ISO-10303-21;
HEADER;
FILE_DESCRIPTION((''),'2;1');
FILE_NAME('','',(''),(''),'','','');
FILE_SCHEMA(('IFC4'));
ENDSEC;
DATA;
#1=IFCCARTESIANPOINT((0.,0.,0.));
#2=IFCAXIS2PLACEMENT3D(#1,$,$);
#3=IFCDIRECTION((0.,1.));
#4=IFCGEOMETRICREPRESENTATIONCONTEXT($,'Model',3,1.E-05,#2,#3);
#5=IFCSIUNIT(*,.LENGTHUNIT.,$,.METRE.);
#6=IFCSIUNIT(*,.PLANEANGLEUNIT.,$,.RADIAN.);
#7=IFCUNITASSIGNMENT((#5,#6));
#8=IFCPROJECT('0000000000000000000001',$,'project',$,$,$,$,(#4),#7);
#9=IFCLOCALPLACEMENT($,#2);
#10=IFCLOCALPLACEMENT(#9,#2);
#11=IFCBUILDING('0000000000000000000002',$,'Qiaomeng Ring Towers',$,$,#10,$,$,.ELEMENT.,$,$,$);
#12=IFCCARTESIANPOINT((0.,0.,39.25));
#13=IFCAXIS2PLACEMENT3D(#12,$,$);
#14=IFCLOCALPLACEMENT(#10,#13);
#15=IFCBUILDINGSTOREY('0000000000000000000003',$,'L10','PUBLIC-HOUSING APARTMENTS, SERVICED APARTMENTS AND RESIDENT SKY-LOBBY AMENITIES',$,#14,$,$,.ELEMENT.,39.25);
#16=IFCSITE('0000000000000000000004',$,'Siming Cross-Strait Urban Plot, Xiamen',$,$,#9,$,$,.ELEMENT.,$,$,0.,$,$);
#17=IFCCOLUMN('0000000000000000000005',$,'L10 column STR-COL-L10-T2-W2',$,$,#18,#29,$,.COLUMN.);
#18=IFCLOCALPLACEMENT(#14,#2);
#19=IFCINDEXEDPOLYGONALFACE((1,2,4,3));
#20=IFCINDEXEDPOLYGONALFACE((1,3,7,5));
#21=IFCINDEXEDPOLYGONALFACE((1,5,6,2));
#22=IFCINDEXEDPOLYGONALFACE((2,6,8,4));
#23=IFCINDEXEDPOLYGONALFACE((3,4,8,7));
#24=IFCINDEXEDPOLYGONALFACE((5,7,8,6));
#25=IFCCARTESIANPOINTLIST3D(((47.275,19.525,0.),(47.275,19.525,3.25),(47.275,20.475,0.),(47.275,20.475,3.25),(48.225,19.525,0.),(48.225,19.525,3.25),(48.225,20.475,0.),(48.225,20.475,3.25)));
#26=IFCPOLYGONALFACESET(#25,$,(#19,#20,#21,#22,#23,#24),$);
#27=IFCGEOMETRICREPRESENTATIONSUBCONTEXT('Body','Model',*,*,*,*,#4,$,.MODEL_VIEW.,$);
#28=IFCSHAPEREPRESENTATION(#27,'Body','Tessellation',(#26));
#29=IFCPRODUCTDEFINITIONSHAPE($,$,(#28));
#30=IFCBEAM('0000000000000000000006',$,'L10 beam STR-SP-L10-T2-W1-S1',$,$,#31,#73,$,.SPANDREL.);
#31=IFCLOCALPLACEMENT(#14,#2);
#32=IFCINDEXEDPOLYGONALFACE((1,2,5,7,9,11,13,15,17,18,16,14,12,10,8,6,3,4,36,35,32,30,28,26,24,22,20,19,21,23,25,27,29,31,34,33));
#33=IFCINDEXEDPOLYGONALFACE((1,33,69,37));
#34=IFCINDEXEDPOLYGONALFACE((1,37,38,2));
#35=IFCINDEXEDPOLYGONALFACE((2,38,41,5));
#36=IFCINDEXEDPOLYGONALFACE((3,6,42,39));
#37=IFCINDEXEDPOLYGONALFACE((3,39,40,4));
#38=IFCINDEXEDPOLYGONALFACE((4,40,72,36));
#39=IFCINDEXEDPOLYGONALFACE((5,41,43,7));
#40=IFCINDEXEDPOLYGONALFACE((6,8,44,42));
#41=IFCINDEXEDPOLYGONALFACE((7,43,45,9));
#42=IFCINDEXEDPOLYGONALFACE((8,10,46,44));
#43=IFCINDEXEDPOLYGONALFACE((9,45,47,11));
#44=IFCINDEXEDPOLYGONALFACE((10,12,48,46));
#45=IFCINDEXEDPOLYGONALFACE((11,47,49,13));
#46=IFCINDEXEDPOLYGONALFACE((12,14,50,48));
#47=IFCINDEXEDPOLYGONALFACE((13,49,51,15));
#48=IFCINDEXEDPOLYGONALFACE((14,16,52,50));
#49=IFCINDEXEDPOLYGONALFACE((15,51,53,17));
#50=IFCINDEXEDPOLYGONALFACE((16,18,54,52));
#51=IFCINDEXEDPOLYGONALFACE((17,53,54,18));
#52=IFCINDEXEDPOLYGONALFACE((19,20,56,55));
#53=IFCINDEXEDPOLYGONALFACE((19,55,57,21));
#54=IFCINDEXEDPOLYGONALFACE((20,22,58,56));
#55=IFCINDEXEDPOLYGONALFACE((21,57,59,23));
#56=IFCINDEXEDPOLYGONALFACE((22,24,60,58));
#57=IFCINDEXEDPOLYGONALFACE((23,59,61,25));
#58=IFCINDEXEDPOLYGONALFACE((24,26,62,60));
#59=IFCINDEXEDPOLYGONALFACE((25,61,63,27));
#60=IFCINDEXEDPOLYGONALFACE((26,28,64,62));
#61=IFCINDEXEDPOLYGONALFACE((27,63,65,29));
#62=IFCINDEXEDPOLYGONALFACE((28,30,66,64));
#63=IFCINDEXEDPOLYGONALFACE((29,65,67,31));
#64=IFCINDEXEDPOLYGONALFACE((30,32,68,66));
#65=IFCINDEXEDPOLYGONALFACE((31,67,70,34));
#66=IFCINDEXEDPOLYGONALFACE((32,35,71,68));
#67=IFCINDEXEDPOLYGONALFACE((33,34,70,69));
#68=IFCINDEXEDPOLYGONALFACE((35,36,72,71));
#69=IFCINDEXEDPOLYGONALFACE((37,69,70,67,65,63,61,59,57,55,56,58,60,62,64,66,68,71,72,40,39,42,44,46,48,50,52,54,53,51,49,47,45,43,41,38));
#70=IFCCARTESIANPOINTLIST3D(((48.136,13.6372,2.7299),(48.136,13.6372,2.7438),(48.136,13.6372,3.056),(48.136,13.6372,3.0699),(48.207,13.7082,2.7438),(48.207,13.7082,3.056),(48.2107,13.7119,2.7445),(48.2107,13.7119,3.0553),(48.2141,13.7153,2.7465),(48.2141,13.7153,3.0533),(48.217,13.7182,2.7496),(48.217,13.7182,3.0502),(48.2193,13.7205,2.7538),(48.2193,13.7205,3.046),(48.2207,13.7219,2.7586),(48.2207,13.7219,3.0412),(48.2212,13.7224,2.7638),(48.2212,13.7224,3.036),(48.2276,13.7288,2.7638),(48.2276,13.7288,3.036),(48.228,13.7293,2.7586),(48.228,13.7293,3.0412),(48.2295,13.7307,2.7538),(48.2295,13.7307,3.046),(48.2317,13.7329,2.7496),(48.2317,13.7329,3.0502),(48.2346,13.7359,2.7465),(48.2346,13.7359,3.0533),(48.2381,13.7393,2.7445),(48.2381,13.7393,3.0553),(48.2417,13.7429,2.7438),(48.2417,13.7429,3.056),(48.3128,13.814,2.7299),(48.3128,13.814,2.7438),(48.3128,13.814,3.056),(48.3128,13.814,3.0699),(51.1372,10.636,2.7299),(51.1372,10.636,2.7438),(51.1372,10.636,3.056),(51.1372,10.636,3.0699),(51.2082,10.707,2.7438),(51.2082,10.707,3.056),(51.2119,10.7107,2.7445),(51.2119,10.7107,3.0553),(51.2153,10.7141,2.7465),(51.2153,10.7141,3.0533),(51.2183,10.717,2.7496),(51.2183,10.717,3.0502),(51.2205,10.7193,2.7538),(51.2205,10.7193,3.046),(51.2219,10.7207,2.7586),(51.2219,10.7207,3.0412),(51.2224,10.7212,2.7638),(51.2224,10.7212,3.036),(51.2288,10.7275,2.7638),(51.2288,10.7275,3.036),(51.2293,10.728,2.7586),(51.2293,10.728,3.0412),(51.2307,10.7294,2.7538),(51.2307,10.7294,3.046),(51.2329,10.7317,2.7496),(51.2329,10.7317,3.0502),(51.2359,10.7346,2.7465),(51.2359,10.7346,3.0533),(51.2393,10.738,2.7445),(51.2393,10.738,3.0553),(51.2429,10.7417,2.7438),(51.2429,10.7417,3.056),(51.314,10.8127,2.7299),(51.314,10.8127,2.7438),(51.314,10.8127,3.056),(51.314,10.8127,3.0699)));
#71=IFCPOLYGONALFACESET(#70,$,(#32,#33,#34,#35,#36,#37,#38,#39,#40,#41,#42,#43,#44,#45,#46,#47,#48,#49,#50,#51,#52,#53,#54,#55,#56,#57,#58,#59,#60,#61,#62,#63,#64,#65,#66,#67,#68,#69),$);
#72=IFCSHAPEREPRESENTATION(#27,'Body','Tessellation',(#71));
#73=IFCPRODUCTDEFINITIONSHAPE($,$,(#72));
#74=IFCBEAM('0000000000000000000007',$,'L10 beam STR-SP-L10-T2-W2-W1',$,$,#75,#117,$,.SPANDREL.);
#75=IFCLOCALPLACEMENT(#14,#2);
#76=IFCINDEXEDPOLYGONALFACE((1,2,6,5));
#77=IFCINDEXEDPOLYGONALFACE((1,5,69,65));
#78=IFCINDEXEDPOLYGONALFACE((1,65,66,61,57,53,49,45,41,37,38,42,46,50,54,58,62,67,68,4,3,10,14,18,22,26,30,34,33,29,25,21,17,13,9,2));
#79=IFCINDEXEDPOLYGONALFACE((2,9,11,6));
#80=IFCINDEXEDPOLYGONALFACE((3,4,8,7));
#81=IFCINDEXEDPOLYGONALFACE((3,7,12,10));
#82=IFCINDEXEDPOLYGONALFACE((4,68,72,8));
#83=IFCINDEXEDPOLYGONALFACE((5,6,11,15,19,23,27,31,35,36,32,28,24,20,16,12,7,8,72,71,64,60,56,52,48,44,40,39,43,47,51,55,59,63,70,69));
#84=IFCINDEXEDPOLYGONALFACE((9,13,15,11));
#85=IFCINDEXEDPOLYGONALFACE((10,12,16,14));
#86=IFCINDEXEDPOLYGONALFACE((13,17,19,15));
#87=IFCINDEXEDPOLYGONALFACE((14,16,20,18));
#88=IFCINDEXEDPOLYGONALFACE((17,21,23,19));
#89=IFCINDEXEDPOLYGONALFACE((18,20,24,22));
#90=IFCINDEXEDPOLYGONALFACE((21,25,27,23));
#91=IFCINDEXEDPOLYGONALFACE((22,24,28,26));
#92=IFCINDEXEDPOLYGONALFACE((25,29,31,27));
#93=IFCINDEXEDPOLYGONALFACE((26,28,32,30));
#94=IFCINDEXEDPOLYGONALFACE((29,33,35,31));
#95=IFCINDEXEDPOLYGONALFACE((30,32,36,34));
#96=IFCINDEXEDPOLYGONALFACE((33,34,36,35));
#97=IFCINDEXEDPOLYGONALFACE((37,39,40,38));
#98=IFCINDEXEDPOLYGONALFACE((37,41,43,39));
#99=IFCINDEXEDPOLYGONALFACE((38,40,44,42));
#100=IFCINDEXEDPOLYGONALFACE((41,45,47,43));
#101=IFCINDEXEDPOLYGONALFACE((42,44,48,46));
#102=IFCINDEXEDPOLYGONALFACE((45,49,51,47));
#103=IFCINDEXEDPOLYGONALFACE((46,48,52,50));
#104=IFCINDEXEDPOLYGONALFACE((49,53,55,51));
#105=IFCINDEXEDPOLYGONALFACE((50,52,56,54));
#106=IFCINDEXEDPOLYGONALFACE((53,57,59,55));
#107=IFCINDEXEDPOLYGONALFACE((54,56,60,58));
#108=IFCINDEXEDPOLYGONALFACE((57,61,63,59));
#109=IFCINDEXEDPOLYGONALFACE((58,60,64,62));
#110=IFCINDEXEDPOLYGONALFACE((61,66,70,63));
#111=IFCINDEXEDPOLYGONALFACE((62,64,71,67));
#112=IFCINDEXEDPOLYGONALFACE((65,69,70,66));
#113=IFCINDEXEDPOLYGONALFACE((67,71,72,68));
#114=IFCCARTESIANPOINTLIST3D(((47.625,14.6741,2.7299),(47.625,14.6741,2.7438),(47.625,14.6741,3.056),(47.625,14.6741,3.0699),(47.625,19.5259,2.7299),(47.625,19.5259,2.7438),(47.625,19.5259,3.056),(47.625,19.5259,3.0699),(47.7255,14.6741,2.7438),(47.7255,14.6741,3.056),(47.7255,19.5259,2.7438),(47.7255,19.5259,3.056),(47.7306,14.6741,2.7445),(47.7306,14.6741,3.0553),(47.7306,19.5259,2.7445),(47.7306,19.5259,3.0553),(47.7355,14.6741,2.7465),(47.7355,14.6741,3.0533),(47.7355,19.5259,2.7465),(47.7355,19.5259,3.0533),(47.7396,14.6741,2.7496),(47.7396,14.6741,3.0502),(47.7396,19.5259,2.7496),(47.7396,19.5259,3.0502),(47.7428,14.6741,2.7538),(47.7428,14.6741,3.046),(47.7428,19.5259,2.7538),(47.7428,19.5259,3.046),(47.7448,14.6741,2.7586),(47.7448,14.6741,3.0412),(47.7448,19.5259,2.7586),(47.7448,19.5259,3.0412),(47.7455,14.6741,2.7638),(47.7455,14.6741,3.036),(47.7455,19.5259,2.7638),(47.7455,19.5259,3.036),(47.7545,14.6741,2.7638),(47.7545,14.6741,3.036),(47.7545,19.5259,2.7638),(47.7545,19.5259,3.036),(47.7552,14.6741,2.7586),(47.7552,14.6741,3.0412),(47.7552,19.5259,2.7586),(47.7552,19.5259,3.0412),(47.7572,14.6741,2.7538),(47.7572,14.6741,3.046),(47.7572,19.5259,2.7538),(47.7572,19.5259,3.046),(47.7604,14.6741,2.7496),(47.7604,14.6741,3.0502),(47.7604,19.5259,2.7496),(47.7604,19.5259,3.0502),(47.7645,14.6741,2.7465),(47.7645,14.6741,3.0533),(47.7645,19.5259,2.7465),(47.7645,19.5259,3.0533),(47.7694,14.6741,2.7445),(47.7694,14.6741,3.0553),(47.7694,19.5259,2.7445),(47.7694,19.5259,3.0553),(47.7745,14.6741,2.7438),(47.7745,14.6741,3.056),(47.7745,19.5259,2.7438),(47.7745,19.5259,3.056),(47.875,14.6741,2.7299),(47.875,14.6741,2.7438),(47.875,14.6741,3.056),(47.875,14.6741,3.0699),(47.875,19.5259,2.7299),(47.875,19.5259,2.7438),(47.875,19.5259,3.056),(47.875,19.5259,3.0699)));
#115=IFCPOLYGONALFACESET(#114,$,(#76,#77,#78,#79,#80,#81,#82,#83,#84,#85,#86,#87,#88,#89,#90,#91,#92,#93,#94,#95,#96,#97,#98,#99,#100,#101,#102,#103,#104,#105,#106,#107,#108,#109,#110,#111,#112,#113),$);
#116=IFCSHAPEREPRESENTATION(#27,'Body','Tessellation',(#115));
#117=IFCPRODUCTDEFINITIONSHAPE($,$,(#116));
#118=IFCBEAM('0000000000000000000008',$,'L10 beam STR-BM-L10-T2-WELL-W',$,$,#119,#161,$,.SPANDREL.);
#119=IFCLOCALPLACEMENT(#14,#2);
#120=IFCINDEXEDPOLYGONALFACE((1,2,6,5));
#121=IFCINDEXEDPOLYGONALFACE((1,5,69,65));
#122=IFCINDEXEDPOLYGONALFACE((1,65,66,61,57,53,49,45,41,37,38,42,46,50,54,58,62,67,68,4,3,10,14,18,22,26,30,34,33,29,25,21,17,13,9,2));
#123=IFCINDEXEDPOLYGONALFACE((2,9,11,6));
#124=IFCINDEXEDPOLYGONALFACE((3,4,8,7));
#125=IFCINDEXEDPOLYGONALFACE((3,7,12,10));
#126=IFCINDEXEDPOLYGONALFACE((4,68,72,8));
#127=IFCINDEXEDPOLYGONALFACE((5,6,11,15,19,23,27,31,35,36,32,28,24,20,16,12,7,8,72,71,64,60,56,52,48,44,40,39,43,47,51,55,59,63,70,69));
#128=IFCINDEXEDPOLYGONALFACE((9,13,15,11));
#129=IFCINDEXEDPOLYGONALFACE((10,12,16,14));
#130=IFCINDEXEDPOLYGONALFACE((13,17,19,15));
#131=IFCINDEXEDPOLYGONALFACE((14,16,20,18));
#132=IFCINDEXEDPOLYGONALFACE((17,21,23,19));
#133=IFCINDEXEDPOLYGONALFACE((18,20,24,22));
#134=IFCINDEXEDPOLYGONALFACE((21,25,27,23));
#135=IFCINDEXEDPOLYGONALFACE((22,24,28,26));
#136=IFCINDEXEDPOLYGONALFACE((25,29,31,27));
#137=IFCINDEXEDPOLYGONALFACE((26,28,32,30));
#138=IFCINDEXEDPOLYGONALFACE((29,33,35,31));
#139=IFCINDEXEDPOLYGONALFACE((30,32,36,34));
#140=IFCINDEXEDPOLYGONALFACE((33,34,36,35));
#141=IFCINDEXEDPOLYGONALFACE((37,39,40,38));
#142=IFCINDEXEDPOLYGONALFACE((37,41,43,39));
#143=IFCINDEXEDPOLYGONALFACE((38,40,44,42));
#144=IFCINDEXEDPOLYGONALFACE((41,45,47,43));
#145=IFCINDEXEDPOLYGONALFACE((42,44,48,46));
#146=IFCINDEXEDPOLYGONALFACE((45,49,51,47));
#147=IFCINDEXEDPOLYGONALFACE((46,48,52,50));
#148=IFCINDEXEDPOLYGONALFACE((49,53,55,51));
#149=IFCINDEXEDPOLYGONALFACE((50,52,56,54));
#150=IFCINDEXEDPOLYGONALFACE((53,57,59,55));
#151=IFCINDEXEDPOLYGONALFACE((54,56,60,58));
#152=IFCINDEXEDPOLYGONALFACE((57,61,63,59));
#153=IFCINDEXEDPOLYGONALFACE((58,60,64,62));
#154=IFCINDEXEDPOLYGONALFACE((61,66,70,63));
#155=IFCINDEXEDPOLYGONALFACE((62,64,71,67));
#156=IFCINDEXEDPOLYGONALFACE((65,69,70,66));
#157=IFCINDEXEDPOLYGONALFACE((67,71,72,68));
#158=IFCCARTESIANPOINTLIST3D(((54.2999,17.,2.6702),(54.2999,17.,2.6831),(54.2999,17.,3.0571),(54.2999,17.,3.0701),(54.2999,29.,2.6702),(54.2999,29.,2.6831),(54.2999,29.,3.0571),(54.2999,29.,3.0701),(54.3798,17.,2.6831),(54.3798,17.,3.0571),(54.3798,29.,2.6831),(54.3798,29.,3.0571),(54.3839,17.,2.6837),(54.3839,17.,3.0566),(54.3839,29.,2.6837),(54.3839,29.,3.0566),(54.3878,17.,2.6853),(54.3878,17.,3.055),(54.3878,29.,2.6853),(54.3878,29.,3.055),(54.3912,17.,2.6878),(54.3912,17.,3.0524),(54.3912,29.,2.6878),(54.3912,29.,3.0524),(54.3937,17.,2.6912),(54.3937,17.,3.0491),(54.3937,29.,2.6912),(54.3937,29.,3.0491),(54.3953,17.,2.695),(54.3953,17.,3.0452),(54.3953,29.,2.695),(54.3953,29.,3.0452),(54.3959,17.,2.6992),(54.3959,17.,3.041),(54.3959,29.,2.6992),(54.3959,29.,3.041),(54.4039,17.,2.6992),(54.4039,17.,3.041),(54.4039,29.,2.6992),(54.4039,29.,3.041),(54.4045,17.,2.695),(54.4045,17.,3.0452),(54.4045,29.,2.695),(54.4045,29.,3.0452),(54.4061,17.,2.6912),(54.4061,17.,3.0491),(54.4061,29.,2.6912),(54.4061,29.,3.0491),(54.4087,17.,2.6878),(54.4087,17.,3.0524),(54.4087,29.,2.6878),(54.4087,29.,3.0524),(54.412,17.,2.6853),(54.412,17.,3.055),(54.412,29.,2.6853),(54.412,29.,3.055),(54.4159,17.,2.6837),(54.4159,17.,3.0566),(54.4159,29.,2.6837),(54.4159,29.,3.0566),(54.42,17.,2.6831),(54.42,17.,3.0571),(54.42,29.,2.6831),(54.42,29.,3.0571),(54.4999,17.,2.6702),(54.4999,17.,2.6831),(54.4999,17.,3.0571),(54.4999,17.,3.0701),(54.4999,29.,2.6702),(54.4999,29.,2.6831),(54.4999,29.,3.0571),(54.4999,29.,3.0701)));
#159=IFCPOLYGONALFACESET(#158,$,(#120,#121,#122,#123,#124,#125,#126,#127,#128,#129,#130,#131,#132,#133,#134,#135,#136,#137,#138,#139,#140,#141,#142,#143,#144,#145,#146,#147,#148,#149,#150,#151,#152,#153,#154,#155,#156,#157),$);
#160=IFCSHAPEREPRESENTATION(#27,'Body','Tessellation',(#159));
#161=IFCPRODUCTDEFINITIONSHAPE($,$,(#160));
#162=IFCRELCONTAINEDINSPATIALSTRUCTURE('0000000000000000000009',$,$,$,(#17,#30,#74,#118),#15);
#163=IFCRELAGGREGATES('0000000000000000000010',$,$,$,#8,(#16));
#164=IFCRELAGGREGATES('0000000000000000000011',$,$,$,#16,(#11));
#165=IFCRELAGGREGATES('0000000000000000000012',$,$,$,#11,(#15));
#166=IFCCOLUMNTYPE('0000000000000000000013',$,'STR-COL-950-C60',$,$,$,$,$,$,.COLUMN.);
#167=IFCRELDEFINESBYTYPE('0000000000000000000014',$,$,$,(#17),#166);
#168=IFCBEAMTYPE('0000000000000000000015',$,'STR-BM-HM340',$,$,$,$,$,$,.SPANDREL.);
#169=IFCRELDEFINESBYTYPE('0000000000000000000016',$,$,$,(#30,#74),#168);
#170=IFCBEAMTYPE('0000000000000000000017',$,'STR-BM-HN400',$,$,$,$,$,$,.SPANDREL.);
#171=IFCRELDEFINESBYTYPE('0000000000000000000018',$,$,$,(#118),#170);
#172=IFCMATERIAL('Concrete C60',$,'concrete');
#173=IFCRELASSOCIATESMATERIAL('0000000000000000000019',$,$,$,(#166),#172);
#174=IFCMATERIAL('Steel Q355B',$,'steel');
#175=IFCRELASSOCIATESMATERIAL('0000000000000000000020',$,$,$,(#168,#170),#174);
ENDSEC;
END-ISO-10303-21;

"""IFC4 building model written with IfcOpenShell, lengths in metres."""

from ifc_helpers import new_model, si_unit, direction, frame, origin, origin_2d, place, context, subcontext, project, spatial, rectangle, i_section, extrude, source, transform, mapped, material, material_profile, profile_set, type_object, element, save


model = new_model("IFC4")

# Units and contexts
model_context = context("Model", 3, precision=1e-05, world=origin(), true_north=direction((0.0, 1.0)))
body_context = subcontext(model_context, "Body", "Model", "MODEL_VIEW")
ifc_project = project(units=[si_unit("LENGTHUNIT", "METRE"), si_unit("PLANEANGLEUNIT", "RADIAN")], contexts=[model_context])

# Site, building, storey
site_placement = place(None, origin())
site = spatial("IfcSite", under=ifc_project, at=site_placement, Name="Siming Cross-Strait Urban Plot, Xiamen", CompositionType="ELEMENT", RefElevation=0.0)
building_placement = place(site_placement, origin())
building = spatial("IfcBuilding", under=site, at=building_placement, Name="Qiaomeng Ring Towers", CompositionType="ELEMENT")
storey_placement = place(building_placement, frame((0.0, 0.0, 39.25)))
storey = spatial("IfcBuildingStorey", under=building, at=storey_placement, Name="L10", Description="PUBLIC-HOUSING APARTMENTS, SERVICED APARTMENTS AND RESIDENT SKY-LOBBY AMENITIES", CompositionType="ELEMENT", Elevation=39.25)

# Column
ifc_material_1 = material(Name="Concrete C60", Category="concrete")
ifc_material_profile_1 = material_profile(ifc_material_1, rectangle(XDim=0.95, YDim=0.95, at=origin_2d()), Name="RC COL 950x950")
ifc_profile_set_1 = profile_set([ifc_material_profile_1], Name="Concrete C60")
column_type = type_object("IfcColumnType", Name="STR-COL-950-C60", PredefinedType="COLUMN", material=ifc_profile_set_1)
shared_shape_1 = source(origin(), body_context, "Body", "SweptSolid", [
    extrude(rectangle(XDim=0.95, YDim=0.95, at=origin_2d()), origin(), (0.0, 0.0, 1.0), 3.25),
])
column_placement = place(storey_placement, frame((47.75, 20.0, 0.0), z_axis=(0.0, 0.0, 1.0), x_axis=(1.0, 0.0, 0.0)))
element("IfcColumn", 1, at=column_placement, inside=storey, type_object=column_type, Name="L10 column STR-COL-L10-T2-W2", PredefinedType="COLUMN", context=body_context, shape_type="MappedRepresentation", body=[
    mapped(shared_shape_1, transform((0.0, 0.0, 0.0), x_axis=(1.0, 0.0, 0.0), y_axis=(0.0, 1.0, 0.0), z_axis=(0.0, 0.0, 1.0), scale=1.0)),
])

# Beams
ifc_material_2 = material(Name="Steel Q355B", Category="steel")
ifc_material_profile_2 = material_profile(ifc_material_2, i_section(OverallWidth=0.25, OverallDepth=0.3401, WebThickness=0.009, FlangeThickness=0.0139, FilletRadius=0.02, at=origin_2d()), Name="HM 340x250x9x14")
ifc_profile_set_2 = profile_set([ifc_material_profile_2], Name="Steel Q355B")
beam_type_1 = type_object("IfcBeamType", Name="STR-BM-HM340", PredefinedType="SPANDREL", material=ifc_profile_set_2)
shared_shape_2 = source(origin(), body_context, "Body", "SweptSolid", [
    extrude(i_section(OverallWidth=0.25, OverallDepth=0.3401, WebThickness=0.009, FlangeThickness=0.0139, FilletRadius=0.02, at=origin_2d()), origin(), (0.0, 0.0, 1.0), 4.2444),
])
beam_1_placement = place(storey_placement, frame((48.2244, 13.7256, 2.8999), z_axis=(0.707107, -0.707107, 0.0), x_axis=(0.707107, 0.707107, 0.0)))
element("IfcBeam", 2, at=beam_1_placement, inside=storey, type_object=beam_type_1, Name="L10 beam STR-SP-L10-T2-W1-S1", PredefinedType="SPANDREL", context=body_context, shape_type="MappedRepresentation", body=[
    mapped(shared_shape_2, transform((0.0, 0.0, 0.0), x_axis=(1.0, 0.0, 0.0), y_axis=(0.0, 1.0, 0.0), z_axis=(0.0, 0.0, 1.0), scale=1.0)),
])
shared_shape_3 = source(origin(), body_context, "Body", "SweptSolid", [
    extrude(i_section(OverallWidth=0.25, OverallDepth=0.3401, WebThickness=0.009, FlangeThickness=0.0139, FilletRadius=0.02, at=origin_2d()), origin(), (0.0, 0.0, 1.0), 4.8518),
])
beam_2_placement = place(storey_placement, frame((47.75, 19.5259, 2.8999), z_axis=(0.0, -1.0, 0.0), x_axis=(1.0, 0.0, 0.0)))
element("IfcBeam", 3, at=beam_2_placement, inside=storey, type_object=beam_type_1, Name="L10 beam STR-SP-L10-T2-W2-W1", PredefinedType="SPANDREL", context=body_context, shape_type="MappedRepresentation", body=[
    mapped(shared_shape_3, transform((0.0, 0.0, 0.0), x_axis=(1.0, 0.0, 0.0), y_axis=(0.0, 1.0, 0.0), z_axis=(0.0, 0.0, 1.0), scale=1.0)),
])
ifc_material_profile_3 = material_profile(ifc_material_2, i_section(OverallWidth=0.2, OverallDepth=0.3999, WebThickness=0.0081, FlangeThickness=0.0129, FilletRadius=0.0161, at=origin_2d()), Name="HN 400x200x8x13")
ifc_profile_set_3 = profile_set([ifc_material_profile_3], Name="Steel Q355B")
beam_type_2 = type_object("IfcBeamType", Name="STR-BM-HN400", PredefinedType="SPANDREL", material=ifc_profile_set_3)
shared_shape_4 = source(origin(), body_context, "Body", "SweptSolid", [
    extrude(i_section(OverallWidth=0.2, OverallDepth=0.3999, WebThickness=0.0081, FlangeThickness=0.0129, FilletRadius=0.0161, at=origin_2d()), origin(), (0.0, 0.0, 1.0), 12.0),
])
beam_3_placement = place(storey_placement, frame((54.3999, 17.0, 2.8701), z_axis=(0.0, 1.0, 0.0), x_axis=(-1.0, 0.0, 0.0)))
element("IfcBeam", 4, at=beam_3_placement, inside=storey, type_object=beam_type_2, Name="L10 beam STR-BM-L10-T2-WELL-W", PredefinedType="SPANDREL", context=body_context, shape_type="MappedRepresentation", body=[
    mapped(shared_shape_4, transform((0.0, 0.0, 0.0), x_axis=(1.0, 0.0, 0.0), y_axis=(0.0, 1.0, 0.0), z_axis=(0.0, 0.0, 1.0), scale=1.0)),
])

save(model, "model.ifc")
